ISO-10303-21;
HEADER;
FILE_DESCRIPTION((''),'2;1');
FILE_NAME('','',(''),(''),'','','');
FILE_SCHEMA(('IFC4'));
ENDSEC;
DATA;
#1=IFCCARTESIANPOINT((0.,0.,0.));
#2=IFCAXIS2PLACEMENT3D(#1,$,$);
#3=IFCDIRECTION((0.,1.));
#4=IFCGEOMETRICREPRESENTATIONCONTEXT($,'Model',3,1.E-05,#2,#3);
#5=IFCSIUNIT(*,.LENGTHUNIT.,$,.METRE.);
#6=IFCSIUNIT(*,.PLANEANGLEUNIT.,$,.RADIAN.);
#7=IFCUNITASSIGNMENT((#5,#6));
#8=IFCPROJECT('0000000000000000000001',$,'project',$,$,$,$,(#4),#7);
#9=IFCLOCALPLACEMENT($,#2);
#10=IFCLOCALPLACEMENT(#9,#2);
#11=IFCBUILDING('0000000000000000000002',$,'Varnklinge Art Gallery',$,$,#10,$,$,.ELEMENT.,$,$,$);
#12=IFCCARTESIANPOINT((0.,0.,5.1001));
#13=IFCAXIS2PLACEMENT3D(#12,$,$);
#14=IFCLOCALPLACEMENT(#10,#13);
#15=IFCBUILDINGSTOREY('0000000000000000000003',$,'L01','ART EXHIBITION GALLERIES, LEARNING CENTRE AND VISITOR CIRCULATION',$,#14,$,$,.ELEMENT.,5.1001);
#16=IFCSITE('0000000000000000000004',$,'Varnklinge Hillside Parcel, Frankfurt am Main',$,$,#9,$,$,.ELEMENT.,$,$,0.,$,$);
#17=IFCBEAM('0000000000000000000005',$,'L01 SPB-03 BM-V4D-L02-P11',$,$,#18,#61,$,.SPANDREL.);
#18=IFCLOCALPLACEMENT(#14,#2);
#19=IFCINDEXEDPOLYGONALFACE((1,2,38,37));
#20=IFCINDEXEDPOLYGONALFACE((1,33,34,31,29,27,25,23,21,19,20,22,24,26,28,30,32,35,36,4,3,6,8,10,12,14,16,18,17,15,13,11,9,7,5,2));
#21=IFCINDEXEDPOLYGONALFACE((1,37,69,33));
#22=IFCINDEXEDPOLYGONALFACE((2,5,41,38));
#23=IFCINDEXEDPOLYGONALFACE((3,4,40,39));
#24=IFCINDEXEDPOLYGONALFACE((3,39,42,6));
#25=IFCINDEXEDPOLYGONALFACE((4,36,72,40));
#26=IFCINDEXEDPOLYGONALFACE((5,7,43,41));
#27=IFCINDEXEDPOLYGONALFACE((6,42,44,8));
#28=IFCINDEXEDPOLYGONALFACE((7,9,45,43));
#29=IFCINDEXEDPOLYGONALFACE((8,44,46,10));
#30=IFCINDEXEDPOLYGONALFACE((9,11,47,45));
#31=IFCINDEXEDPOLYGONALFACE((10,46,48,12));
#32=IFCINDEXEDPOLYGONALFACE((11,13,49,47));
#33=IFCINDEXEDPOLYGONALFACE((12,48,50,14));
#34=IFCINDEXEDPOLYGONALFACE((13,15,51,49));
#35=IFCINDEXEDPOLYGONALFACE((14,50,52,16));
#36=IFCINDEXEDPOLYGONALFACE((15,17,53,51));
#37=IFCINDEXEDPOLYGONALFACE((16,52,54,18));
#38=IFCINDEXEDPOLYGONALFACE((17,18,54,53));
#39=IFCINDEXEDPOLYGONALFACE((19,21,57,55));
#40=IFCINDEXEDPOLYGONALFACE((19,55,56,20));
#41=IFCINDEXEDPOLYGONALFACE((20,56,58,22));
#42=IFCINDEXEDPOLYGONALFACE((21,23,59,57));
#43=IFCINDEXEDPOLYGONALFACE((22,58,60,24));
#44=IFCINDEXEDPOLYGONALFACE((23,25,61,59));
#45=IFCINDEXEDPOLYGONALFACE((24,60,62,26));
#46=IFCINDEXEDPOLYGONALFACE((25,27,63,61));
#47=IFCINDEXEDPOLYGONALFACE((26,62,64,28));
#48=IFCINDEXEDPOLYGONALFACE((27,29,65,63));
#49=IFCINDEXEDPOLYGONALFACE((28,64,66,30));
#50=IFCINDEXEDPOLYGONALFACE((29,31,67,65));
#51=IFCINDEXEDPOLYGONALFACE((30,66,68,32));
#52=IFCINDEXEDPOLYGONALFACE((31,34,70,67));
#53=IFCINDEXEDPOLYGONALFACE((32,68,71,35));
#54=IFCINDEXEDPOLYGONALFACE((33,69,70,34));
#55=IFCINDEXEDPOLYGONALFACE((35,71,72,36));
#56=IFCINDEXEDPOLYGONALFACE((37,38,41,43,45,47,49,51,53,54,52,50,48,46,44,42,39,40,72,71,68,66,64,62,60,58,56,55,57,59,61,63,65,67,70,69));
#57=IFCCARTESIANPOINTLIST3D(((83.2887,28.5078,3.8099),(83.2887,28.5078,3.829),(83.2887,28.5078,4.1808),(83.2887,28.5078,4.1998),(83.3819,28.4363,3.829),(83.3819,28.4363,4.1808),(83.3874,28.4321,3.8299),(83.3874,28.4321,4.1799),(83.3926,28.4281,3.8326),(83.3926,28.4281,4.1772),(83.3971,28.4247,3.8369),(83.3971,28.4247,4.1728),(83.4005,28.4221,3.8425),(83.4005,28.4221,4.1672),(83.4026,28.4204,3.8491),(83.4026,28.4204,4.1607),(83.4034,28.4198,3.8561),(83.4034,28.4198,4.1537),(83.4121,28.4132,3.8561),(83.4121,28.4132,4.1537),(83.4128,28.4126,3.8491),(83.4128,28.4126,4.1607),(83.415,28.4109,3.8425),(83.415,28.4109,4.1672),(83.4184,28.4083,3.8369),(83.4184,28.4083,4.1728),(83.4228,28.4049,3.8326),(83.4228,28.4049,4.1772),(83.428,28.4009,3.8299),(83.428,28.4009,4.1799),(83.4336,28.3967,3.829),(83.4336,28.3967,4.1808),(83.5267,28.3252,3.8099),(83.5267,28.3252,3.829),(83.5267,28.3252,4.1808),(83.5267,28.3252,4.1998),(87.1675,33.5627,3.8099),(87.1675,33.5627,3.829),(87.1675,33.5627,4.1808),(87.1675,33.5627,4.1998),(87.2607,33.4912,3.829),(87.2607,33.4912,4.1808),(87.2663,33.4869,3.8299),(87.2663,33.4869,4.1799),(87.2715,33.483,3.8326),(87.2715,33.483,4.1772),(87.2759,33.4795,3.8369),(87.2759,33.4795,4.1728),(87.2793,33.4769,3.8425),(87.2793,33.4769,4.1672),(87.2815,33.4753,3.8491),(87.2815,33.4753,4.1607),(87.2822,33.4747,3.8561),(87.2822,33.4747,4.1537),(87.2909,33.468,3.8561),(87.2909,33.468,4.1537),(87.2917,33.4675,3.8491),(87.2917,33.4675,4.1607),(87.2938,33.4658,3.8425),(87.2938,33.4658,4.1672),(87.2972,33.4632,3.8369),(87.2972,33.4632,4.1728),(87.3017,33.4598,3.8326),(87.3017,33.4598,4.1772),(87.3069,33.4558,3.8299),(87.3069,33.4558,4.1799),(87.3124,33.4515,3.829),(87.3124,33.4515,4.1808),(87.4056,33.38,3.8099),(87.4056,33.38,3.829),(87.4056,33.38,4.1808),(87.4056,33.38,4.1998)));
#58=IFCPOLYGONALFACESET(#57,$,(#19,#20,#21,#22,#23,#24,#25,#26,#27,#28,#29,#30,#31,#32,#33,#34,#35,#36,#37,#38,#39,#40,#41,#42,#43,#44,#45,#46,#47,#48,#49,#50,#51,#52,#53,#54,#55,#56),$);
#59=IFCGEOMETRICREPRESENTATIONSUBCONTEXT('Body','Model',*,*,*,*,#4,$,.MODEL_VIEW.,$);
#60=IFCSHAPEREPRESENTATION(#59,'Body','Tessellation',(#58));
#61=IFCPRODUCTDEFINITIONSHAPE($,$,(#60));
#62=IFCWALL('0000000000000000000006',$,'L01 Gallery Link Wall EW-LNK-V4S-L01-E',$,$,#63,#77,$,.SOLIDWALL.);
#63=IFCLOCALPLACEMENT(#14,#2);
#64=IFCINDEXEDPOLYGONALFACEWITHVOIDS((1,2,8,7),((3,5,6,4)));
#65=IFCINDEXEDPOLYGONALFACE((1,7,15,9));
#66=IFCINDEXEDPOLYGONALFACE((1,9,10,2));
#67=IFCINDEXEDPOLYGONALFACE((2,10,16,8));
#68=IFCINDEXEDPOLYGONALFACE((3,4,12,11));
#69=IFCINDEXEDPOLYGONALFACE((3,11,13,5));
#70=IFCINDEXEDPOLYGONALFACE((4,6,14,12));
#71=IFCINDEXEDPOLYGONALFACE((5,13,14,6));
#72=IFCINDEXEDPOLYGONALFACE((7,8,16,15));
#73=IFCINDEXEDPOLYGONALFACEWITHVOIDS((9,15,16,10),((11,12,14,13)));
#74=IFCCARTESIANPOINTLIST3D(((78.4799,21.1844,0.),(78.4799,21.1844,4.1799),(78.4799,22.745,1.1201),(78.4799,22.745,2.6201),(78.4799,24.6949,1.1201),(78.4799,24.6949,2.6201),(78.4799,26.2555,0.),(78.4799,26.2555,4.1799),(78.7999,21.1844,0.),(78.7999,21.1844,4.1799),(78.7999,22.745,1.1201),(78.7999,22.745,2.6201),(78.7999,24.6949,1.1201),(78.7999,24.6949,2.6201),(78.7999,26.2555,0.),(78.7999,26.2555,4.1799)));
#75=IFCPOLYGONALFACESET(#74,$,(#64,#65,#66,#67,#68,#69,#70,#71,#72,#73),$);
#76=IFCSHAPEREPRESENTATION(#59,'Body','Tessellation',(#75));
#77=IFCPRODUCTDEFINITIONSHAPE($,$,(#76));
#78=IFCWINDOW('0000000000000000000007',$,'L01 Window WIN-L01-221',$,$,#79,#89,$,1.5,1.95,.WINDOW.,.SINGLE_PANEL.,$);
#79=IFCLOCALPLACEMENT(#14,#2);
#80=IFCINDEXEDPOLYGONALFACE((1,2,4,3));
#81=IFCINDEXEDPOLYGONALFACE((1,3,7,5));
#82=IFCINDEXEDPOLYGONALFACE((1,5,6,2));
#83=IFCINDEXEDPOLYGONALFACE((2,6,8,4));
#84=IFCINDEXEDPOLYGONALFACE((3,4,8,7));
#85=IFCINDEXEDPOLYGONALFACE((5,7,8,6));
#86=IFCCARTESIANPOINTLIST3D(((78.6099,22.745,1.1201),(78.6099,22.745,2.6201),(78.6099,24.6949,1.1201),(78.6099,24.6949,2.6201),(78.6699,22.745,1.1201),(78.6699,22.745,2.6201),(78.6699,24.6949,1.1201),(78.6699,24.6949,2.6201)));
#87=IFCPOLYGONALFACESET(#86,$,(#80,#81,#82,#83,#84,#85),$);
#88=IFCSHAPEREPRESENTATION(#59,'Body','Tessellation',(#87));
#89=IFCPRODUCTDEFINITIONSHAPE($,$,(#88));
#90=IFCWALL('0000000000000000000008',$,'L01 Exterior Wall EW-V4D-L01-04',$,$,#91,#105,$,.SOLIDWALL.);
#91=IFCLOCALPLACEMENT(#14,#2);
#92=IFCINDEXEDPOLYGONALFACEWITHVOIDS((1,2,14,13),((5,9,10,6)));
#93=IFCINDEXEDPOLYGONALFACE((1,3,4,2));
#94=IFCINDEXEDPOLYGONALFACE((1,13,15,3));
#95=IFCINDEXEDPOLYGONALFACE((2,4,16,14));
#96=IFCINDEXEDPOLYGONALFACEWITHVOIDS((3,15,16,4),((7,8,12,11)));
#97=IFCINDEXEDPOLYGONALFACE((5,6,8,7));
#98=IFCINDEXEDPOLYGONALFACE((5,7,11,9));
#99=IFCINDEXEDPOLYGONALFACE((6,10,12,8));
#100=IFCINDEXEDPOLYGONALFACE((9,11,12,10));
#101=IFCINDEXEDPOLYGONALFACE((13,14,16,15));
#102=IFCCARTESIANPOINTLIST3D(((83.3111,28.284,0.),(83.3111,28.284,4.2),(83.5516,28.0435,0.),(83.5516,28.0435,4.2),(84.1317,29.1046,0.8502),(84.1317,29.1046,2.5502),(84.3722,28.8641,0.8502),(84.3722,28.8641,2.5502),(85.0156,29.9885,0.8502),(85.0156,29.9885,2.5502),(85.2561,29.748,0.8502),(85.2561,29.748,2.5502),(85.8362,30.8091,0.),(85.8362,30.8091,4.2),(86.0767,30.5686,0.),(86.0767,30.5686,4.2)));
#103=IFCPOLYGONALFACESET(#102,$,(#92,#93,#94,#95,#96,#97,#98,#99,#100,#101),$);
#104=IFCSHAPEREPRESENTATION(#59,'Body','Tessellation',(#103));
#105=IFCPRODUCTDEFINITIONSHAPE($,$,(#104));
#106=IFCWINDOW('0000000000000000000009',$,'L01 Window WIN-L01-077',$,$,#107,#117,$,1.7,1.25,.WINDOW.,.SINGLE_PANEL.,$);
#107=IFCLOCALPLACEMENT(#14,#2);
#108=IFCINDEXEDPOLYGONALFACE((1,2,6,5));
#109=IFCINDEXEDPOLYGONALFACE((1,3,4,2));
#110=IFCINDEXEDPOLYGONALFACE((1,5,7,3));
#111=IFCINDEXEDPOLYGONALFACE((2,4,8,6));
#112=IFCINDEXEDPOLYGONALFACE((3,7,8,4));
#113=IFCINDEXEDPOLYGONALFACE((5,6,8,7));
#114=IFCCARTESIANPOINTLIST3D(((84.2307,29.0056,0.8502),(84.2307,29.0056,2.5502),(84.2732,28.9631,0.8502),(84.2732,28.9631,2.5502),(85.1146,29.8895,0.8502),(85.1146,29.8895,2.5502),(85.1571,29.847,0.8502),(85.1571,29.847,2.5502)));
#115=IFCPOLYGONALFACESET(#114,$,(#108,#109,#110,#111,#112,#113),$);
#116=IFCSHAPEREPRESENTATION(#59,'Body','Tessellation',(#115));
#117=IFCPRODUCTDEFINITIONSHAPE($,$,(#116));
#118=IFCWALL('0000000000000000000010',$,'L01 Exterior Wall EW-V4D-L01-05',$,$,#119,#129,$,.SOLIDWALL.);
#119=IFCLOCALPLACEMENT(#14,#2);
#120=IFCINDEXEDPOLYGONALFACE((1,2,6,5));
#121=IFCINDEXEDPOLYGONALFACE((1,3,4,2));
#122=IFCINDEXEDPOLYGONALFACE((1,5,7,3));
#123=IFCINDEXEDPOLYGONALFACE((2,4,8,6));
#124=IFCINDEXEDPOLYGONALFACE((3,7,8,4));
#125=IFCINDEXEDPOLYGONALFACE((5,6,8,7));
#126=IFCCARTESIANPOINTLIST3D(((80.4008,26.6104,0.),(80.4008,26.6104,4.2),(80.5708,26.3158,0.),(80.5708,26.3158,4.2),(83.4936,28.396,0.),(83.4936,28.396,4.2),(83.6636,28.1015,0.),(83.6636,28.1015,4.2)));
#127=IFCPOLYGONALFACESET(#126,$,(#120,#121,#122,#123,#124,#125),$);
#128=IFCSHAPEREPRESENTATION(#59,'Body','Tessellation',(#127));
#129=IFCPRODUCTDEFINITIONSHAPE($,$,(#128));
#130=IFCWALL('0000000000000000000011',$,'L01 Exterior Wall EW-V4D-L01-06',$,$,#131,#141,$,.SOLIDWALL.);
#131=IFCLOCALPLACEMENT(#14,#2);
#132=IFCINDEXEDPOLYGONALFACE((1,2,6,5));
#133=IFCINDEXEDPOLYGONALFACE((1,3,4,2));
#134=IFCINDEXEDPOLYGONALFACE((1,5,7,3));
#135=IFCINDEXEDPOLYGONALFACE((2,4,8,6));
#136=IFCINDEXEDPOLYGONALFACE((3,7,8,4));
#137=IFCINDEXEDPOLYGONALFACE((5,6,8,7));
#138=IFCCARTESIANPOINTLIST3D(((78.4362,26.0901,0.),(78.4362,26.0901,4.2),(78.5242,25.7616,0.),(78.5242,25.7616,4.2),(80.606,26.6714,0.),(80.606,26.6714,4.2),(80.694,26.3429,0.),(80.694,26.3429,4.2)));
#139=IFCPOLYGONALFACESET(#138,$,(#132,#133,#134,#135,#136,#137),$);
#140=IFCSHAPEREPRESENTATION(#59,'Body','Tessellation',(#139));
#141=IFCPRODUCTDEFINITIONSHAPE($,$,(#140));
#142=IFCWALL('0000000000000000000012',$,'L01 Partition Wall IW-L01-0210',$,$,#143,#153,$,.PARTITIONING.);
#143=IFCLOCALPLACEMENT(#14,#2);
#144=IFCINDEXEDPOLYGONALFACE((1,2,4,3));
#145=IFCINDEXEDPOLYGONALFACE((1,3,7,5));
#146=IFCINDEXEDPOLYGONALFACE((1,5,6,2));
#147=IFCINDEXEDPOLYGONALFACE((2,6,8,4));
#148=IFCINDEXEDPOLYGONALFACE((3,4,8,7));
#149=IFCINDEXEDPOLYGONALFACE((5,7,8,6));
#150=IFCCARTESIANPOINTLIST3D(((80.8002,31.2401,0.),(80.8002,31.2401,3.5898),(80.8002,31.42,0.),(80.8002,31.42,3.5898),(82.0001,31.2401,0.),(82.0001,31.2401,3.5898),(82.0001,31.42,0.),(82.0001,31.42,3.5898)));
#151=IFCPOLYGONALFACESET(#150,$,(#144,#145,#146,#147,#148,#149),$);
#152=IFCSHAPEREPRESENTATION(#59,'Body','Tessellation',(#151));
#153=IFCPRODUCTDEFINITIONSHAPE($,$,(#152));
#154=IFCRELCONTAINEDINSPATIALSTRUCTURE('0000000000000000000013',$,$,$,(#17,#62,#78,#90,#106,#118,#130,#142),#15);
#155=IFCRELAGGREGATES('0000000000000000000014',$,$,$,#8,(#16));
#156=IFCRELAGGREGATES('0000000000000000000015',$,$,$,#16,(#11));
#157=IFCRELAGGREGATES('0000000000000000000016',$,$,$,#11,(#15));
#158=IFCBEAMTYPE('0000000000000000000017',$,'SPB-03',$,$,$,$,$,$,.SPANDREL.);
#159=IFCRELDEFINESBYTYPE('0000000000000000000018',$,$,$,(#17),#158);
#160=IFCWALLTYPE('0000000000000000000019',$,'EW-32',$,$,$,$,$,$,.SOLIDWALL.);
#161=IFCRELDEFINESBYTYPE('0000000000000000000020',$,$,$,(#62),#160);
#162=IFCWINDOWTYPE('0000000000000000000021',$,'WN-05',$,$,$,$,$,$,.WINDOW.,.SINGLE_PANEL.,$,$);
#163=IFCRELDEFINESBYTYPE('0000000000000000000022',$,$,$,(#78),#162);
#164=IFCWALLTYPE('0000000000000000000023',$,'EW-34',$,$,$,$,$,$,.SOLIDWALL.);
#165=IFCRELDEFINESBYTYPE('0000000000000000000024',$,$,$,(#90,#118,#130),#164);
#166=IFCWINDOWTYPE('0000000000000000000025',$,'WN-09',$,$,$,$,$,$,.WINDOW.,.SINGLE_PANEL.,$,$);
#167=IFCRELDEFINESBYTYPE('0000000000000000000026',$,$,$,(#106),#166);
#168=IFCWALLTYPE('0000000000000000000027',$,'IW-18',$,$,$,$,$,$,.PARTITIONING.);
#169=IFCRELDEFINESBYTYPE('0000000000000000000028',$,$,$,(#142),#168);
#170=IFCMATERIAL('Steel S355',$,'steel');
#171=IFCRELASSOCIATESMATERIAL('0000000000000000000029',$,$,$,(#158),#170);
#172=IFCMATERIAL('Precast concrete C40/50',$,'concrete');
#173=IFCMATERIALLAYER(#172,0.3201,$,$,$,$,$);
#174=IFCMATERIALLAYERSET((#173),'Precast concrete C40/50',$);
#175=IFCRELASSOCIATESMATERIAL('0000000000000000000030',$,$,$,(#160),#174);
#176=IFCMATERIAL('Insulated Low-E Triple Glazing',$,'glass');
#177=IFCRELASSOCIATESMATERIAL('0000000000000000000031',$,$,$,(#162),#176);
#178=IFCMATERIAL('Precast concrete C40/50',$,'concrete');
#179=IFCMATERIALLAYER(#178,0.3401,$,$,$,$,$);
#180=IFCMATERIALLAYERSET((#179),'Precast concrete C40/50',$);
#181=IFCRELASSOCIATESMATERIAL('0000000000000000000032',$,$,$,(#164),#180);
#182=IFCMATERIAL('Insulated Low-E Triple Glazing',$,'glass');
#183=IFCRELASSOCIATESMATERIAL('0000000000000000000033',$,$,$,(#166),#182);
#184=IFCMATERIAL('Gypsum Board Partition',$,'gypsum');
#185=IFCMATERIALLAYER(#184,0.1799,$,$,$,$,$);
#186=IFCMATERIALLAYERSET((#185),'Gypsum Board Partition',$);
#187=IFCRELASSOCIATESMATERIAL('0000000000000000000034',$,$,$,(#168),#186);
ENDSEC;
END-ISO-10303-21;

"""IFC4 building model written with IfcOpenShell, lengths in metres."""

from ifc_helpers import new_model, si_unit, direction, frame, frame_2d, origin, origin_2d, place, context, subcontext, project, spatial, rectangle, i_section, extrude, material, layer, layer_set, material_profile, profile_set, type_object, element, fill, save


model = new_model("IFC4")

# Units and contexts
model_context = context("Model", 3, precision=1e-05, world=origin(), true_north=direction((0.0, 1.0)))
body_context = subcontext(model_context, "Body", "Model", "MODEL_VIEW")
ifc_project = project(units=[si_unit("LENGTHUNIT", "METRE"), si_unit("PLANEANGLEUNIT", "RADIAN")], contexts=[model_context])

# Site, building, storey
site_placement = place(None, origin())
site = spatial("IfcSite", under=ifc_project, at=site_placement, Name="Varnklinge Hillside Parcel, Frankfurt am Main", CompositionType="ELEMENT", RefElevation=0.0)
building_placement = place(site_placement, origin())
building = spatial("IfcBuilding", under=site, at=building_placement, Name="Varnklinge Art Gallery", CompositionType="ELEMENT")
storey_placement = place(building_placement, frame((0.0, 0.0, 5.1001)))
storey = spatial("IfcBuildingStorey", under=building, at=storey_placement, Name="L01", Description="ART EXHIBITION GALLERIES, LEARNING CENTRE AND VISITOR CIRCULATION", CompositionType="ELEMENT", Elevation=5.1001)

# Beam
ifc_material_1 = material(Name="Steel S355", Category="steel")
ifc_material_profile_1 = material_profile(ifc_material_1, i_section(OverallWidth=0.3, OverallDepth=0.3899, WebThickness=0.011, FlangeThickness=0.019, FilletRadius=0.0271, at=origin_2d()), Name="HEA 400")
ifc_profile_set_1 = profile_set([ifc_material_profile_1], Name="Steel S355")
beam_type_1 = type_object("IfcBeamType", Name="SPB-03", PredefinedType="SPANDREL", material=ifc_profile_set_1)
for number, where, z_axis, x_axis, name in (
    (1, (83.4077, 28.4165, 4.0049), (0.608773, 0.793344, 0.0), (-0.793344, 0.608773, 0.0), "L01 SPB-03 BM-V4D-L02-P11"),
):
    element("IfcBeam", number, at=place(storey_placement, frame(where, z_axis=z_axis, x_axis=x_axis)), inside=storey, type_object=beam_type_1, Name=name, PredefinedType="SPANDREL", context=body_context, shape_type="SweptSolid", body=[
        extrude(i_section(OverallWidth=0.3, OverallDepth=0.3899, WebThickness=0.011, FlangeThickness=0.019, FilletRadius=0.0271, at=origin_2d()), origin(), (0.0, 0.0, 1.0), 6.3716),
    ])

# Walls, openings, windows
ifc_material_2 = material(Name="Precast concrete C40/50", Category="concrete")
ifc_layer_1 = layer(ifc_material_2, 0.3201)
ifc_layer_set_1 = layer_set([ifc_layer_1], Name="Precast concrete C40/50")
wall_type_1 = type_object("IfcWallType", Name="EW-32", PredefinedType="SOLIDWALL", material=ifc_layer_set_1)
wall_1_placement = place(storey_placement, frame((78.6399, 26.2556, 0.0), z_axis=(0.0, 0.0, 1.0), x_axis=(0.0, -1.0, 0.0)))
wall_1 = element("IfcWall", 2, at=wall_1_placement, inside=storey, type_object=wall_type_1, Name="L01 Gallery Link Wall EW-LNK-V4S-L01-E", PredefinedType="SOLIDWALL", context=body_context, shape_type="SweptSolid", body=[
    extrude(rectangle(XDim=5.071, YDim=0.3201, at=frame_2d((2.5356, 0.0))), origin(), (0.0, 0.0, 1.0), 4.1799),
])
opening_1_placement = place(wall_1_placement, frame((1.5605, 0.0, 1.1201)))
opening_1 = element("IfcOpeningElement", 3, at=opening_1_placement, cuts=wall_1, PredefinedType="OPENING", context=body_context, shape_type="SweptSolid", body=[
    extrude(rectangle(XDim=1.95, YDim=1.5, at=frame_2d((0.9751, 0.75))), frame((0.0, 0.1702, 0.0), z_axis=(0.0, -1.0, 0.0), x_axis=(1.0, 0.0, 0.0)), (0.0, 0.0, 1.0), 0.3401),
])
ifc_material_3 = material(Name="Insulated Low-E Triple Glazing", Category="glass")
window_type_1 = type_object("IfcWindowType", Name="WN-05", PartitioningType="SINGLE_PANEL", PredefinedType="WINDOW", material=ifc_material_3)
window_1_placement = place(opening_1_placement, origin())
window_1 = element("IfcWindow", 4, at=window_1_placement, inside=storey, type_object=window_type_1, Name="L01 Window WIN-L01-221", OverallHeight=1.5, OverallWidth=1.95, PartitioningType="SINGLE_PANEL", PredefinedType="WINDOW", context=body_context, shape_type="SweptSolid", body=[
    extrude(rectangle(XDim=1.95, YDim=1.5, at=frame_2d((0.9751, 0.75))), frame((0.0, 0.03, 0.0), z_axis=(0.0, -1.0, 0.0), x_axis=(1.0, 0.0, 0.0)), (0.0, 0.0, 1.0), 0.0601),
])
fill(opening_1, window_1)
ifc_material_4 = material(Name="Precast concrete C40/50", Category="concrete")
ifc_layer_2 = layer(ifc_material_4, 0.3401)
ifc_layer_set_2 = layer_set([ifc_layer_2], Name="Precast concrete C40/50")
wall_type_2 = type_object("IfcWallType", Name="EW-34", PredefinedType="SOLIDWALL", material=ifc_layer_set_2)
wall_2_placement = place(storey_placement, frame((85.9565, 30.689, 0.0), z_axis=(0.0, 0.0, 1.0), x_axis=(-0.707107, -0.707107, 0.0)))
wall_2 = element("IfcWall", 5, at=wall_2_placement, inside=storey, type_object=wall_type_2, Name="L01 Exterior Wall EW-V4D-L01-04", PredefinedType="SOLIDWALL", context=body_context, shape_type="SweptSolid", body=[
    extrude(rectangle(XDim=3.571, YDim=0.3401, at=frame_2d((1.7856, 0.0))), origin(), (0.0, 0.0, 1.0), 4.2),
])
opening_2_placement = place(wall_2_placement, frame((1.1606, 0.0, 0.8501)))
opening_2 = element("IfcOpeningElement", 6, at=opening_2_placement, cuts=wall_2, PredefinedType="OPENING", context=body_context, shape_type="SweptSolid", body=[
    extrude(rectangle(XDim=1.25, YDim=1.7, at=frame_2d((0.625, 0.8501))), frame((0.0, 0.1799, 0.0), z_axis=(0.0, -1.0, 0.0), x_axis=(1.0, 0.0, 0.0)), (0.0, 0.0, 1.0), 0.3601),
])
ifc_material_5 = material(Name="Insulated Low-E Triple Glazing", Category="glass")
window_type_2 = type_object("IfcWindowType", Name="WN-09", PartitioningType="SINGLE_PANEL", PredefinedType="WINDOW", material=ifc_material_5)
window_2_placement = place(opening_2_placement, origin())
window_2 = element("IfcWindow", 7, at=window_2_placement, inside=storey, type_object=window_type_2, Name="L01 Window WIN-L01-077", OverallHeight=1.7, OverallWidth=1.25, PartitioningType="SINGLE_PANEL", PredefinedType="WINDOW", context=body_context, shape_type="SweptSolid", body=[
    extrude(rectangle(XDim=1.25, YDim=1.7, at=frame_2d((0.625, 0.8501))), frame((0.0, 0.03, 0.0), z_axis=(0.0, -1.0, 0.0), x_axis=(1.0, 0.0, 0.0)), (0.0, 0.0, 1.0), 0.0601),
])
fill(opening_2, window_2)

# Walls
wall_3_placement = place(storey_placement, frame((83.5786, 28.2488, 0.0), z_axis=(0.0, 0.0, 1.0), x_axis=(-0.866022, -0.500007, 0.0)))
element("IfcWall", 8, at=wall_3_placement, inside=storey, type_object=wall_type_2, Name="L01 Exterior Wall EW-V4D-L01-05", PredefinedType="SOLIDWALL", context=body_context, shape_type="SweptSolid", body=[
    extrude(rectangle(XDim=3.5713, YDim=0.3401, at=frame_2d((1.7856, 0.0))), origin(), (0.0, 0.0, 1.0), 4.2),
])
wall_4_placement = place(storey_placement, frame((80.6499, 26.5071, 0.0), z_axis=(0.0, 0.0, 1.0), x_axis=(-0.96594, -0.258765, 0.0)))
element("IfcWall", 9, at=wall_4_placement, inside=storey, type_object=wall_type_2, Name="L01 Exterior Wall EW-V4D-L01-06", PredefinedType="SOLIDWALL", context=body_context, shape_type="SweptSolid", body=[
    extrude(rectangle(XDim=2.2463, YDim=0.3401, at=frame_2d((1.123, 0.0))), origin(), (0.0, 0.0, 1.0), 4.2),
])
ifc_material_6 = material(Name="Gypsum Board Partition", Category="gypsum")
ifc_layer_3 = layer(ifc_material_6, 0.1799)
ifc_layer_set_3 = layer_set([ifc_layer_3], Name="Gypsum Board Partition")
wall_type_3 = type_object("IfcWallType", Name="IW-18", PredefinedType="PARTITIONING", material=ifc_layer_set_3)
wall_5_placement = place(storey_placement, frame((80.8, 31.3301, 0.0), z_axis=(0.0, 0.0, 1.0), x_axis=(1.0, 0.0, 0.0)))
element("IfcWall", 10, at=wall_5_placement, inside=storey, type_object=wall_type_3, Name="L01 Partition Wall IW-L01-0210", PredefinedType="PARTITIONING", context=body_context, shape_type="SweptSolid", body=[
    extrude(rectangle(XDim=1.2, YDim=0.1799, at=frame_2d((0.6001, 0.0))), origin(), (0.0, 0.0, 1.0), 3.5898),
])

save(model, "model.ifc")
